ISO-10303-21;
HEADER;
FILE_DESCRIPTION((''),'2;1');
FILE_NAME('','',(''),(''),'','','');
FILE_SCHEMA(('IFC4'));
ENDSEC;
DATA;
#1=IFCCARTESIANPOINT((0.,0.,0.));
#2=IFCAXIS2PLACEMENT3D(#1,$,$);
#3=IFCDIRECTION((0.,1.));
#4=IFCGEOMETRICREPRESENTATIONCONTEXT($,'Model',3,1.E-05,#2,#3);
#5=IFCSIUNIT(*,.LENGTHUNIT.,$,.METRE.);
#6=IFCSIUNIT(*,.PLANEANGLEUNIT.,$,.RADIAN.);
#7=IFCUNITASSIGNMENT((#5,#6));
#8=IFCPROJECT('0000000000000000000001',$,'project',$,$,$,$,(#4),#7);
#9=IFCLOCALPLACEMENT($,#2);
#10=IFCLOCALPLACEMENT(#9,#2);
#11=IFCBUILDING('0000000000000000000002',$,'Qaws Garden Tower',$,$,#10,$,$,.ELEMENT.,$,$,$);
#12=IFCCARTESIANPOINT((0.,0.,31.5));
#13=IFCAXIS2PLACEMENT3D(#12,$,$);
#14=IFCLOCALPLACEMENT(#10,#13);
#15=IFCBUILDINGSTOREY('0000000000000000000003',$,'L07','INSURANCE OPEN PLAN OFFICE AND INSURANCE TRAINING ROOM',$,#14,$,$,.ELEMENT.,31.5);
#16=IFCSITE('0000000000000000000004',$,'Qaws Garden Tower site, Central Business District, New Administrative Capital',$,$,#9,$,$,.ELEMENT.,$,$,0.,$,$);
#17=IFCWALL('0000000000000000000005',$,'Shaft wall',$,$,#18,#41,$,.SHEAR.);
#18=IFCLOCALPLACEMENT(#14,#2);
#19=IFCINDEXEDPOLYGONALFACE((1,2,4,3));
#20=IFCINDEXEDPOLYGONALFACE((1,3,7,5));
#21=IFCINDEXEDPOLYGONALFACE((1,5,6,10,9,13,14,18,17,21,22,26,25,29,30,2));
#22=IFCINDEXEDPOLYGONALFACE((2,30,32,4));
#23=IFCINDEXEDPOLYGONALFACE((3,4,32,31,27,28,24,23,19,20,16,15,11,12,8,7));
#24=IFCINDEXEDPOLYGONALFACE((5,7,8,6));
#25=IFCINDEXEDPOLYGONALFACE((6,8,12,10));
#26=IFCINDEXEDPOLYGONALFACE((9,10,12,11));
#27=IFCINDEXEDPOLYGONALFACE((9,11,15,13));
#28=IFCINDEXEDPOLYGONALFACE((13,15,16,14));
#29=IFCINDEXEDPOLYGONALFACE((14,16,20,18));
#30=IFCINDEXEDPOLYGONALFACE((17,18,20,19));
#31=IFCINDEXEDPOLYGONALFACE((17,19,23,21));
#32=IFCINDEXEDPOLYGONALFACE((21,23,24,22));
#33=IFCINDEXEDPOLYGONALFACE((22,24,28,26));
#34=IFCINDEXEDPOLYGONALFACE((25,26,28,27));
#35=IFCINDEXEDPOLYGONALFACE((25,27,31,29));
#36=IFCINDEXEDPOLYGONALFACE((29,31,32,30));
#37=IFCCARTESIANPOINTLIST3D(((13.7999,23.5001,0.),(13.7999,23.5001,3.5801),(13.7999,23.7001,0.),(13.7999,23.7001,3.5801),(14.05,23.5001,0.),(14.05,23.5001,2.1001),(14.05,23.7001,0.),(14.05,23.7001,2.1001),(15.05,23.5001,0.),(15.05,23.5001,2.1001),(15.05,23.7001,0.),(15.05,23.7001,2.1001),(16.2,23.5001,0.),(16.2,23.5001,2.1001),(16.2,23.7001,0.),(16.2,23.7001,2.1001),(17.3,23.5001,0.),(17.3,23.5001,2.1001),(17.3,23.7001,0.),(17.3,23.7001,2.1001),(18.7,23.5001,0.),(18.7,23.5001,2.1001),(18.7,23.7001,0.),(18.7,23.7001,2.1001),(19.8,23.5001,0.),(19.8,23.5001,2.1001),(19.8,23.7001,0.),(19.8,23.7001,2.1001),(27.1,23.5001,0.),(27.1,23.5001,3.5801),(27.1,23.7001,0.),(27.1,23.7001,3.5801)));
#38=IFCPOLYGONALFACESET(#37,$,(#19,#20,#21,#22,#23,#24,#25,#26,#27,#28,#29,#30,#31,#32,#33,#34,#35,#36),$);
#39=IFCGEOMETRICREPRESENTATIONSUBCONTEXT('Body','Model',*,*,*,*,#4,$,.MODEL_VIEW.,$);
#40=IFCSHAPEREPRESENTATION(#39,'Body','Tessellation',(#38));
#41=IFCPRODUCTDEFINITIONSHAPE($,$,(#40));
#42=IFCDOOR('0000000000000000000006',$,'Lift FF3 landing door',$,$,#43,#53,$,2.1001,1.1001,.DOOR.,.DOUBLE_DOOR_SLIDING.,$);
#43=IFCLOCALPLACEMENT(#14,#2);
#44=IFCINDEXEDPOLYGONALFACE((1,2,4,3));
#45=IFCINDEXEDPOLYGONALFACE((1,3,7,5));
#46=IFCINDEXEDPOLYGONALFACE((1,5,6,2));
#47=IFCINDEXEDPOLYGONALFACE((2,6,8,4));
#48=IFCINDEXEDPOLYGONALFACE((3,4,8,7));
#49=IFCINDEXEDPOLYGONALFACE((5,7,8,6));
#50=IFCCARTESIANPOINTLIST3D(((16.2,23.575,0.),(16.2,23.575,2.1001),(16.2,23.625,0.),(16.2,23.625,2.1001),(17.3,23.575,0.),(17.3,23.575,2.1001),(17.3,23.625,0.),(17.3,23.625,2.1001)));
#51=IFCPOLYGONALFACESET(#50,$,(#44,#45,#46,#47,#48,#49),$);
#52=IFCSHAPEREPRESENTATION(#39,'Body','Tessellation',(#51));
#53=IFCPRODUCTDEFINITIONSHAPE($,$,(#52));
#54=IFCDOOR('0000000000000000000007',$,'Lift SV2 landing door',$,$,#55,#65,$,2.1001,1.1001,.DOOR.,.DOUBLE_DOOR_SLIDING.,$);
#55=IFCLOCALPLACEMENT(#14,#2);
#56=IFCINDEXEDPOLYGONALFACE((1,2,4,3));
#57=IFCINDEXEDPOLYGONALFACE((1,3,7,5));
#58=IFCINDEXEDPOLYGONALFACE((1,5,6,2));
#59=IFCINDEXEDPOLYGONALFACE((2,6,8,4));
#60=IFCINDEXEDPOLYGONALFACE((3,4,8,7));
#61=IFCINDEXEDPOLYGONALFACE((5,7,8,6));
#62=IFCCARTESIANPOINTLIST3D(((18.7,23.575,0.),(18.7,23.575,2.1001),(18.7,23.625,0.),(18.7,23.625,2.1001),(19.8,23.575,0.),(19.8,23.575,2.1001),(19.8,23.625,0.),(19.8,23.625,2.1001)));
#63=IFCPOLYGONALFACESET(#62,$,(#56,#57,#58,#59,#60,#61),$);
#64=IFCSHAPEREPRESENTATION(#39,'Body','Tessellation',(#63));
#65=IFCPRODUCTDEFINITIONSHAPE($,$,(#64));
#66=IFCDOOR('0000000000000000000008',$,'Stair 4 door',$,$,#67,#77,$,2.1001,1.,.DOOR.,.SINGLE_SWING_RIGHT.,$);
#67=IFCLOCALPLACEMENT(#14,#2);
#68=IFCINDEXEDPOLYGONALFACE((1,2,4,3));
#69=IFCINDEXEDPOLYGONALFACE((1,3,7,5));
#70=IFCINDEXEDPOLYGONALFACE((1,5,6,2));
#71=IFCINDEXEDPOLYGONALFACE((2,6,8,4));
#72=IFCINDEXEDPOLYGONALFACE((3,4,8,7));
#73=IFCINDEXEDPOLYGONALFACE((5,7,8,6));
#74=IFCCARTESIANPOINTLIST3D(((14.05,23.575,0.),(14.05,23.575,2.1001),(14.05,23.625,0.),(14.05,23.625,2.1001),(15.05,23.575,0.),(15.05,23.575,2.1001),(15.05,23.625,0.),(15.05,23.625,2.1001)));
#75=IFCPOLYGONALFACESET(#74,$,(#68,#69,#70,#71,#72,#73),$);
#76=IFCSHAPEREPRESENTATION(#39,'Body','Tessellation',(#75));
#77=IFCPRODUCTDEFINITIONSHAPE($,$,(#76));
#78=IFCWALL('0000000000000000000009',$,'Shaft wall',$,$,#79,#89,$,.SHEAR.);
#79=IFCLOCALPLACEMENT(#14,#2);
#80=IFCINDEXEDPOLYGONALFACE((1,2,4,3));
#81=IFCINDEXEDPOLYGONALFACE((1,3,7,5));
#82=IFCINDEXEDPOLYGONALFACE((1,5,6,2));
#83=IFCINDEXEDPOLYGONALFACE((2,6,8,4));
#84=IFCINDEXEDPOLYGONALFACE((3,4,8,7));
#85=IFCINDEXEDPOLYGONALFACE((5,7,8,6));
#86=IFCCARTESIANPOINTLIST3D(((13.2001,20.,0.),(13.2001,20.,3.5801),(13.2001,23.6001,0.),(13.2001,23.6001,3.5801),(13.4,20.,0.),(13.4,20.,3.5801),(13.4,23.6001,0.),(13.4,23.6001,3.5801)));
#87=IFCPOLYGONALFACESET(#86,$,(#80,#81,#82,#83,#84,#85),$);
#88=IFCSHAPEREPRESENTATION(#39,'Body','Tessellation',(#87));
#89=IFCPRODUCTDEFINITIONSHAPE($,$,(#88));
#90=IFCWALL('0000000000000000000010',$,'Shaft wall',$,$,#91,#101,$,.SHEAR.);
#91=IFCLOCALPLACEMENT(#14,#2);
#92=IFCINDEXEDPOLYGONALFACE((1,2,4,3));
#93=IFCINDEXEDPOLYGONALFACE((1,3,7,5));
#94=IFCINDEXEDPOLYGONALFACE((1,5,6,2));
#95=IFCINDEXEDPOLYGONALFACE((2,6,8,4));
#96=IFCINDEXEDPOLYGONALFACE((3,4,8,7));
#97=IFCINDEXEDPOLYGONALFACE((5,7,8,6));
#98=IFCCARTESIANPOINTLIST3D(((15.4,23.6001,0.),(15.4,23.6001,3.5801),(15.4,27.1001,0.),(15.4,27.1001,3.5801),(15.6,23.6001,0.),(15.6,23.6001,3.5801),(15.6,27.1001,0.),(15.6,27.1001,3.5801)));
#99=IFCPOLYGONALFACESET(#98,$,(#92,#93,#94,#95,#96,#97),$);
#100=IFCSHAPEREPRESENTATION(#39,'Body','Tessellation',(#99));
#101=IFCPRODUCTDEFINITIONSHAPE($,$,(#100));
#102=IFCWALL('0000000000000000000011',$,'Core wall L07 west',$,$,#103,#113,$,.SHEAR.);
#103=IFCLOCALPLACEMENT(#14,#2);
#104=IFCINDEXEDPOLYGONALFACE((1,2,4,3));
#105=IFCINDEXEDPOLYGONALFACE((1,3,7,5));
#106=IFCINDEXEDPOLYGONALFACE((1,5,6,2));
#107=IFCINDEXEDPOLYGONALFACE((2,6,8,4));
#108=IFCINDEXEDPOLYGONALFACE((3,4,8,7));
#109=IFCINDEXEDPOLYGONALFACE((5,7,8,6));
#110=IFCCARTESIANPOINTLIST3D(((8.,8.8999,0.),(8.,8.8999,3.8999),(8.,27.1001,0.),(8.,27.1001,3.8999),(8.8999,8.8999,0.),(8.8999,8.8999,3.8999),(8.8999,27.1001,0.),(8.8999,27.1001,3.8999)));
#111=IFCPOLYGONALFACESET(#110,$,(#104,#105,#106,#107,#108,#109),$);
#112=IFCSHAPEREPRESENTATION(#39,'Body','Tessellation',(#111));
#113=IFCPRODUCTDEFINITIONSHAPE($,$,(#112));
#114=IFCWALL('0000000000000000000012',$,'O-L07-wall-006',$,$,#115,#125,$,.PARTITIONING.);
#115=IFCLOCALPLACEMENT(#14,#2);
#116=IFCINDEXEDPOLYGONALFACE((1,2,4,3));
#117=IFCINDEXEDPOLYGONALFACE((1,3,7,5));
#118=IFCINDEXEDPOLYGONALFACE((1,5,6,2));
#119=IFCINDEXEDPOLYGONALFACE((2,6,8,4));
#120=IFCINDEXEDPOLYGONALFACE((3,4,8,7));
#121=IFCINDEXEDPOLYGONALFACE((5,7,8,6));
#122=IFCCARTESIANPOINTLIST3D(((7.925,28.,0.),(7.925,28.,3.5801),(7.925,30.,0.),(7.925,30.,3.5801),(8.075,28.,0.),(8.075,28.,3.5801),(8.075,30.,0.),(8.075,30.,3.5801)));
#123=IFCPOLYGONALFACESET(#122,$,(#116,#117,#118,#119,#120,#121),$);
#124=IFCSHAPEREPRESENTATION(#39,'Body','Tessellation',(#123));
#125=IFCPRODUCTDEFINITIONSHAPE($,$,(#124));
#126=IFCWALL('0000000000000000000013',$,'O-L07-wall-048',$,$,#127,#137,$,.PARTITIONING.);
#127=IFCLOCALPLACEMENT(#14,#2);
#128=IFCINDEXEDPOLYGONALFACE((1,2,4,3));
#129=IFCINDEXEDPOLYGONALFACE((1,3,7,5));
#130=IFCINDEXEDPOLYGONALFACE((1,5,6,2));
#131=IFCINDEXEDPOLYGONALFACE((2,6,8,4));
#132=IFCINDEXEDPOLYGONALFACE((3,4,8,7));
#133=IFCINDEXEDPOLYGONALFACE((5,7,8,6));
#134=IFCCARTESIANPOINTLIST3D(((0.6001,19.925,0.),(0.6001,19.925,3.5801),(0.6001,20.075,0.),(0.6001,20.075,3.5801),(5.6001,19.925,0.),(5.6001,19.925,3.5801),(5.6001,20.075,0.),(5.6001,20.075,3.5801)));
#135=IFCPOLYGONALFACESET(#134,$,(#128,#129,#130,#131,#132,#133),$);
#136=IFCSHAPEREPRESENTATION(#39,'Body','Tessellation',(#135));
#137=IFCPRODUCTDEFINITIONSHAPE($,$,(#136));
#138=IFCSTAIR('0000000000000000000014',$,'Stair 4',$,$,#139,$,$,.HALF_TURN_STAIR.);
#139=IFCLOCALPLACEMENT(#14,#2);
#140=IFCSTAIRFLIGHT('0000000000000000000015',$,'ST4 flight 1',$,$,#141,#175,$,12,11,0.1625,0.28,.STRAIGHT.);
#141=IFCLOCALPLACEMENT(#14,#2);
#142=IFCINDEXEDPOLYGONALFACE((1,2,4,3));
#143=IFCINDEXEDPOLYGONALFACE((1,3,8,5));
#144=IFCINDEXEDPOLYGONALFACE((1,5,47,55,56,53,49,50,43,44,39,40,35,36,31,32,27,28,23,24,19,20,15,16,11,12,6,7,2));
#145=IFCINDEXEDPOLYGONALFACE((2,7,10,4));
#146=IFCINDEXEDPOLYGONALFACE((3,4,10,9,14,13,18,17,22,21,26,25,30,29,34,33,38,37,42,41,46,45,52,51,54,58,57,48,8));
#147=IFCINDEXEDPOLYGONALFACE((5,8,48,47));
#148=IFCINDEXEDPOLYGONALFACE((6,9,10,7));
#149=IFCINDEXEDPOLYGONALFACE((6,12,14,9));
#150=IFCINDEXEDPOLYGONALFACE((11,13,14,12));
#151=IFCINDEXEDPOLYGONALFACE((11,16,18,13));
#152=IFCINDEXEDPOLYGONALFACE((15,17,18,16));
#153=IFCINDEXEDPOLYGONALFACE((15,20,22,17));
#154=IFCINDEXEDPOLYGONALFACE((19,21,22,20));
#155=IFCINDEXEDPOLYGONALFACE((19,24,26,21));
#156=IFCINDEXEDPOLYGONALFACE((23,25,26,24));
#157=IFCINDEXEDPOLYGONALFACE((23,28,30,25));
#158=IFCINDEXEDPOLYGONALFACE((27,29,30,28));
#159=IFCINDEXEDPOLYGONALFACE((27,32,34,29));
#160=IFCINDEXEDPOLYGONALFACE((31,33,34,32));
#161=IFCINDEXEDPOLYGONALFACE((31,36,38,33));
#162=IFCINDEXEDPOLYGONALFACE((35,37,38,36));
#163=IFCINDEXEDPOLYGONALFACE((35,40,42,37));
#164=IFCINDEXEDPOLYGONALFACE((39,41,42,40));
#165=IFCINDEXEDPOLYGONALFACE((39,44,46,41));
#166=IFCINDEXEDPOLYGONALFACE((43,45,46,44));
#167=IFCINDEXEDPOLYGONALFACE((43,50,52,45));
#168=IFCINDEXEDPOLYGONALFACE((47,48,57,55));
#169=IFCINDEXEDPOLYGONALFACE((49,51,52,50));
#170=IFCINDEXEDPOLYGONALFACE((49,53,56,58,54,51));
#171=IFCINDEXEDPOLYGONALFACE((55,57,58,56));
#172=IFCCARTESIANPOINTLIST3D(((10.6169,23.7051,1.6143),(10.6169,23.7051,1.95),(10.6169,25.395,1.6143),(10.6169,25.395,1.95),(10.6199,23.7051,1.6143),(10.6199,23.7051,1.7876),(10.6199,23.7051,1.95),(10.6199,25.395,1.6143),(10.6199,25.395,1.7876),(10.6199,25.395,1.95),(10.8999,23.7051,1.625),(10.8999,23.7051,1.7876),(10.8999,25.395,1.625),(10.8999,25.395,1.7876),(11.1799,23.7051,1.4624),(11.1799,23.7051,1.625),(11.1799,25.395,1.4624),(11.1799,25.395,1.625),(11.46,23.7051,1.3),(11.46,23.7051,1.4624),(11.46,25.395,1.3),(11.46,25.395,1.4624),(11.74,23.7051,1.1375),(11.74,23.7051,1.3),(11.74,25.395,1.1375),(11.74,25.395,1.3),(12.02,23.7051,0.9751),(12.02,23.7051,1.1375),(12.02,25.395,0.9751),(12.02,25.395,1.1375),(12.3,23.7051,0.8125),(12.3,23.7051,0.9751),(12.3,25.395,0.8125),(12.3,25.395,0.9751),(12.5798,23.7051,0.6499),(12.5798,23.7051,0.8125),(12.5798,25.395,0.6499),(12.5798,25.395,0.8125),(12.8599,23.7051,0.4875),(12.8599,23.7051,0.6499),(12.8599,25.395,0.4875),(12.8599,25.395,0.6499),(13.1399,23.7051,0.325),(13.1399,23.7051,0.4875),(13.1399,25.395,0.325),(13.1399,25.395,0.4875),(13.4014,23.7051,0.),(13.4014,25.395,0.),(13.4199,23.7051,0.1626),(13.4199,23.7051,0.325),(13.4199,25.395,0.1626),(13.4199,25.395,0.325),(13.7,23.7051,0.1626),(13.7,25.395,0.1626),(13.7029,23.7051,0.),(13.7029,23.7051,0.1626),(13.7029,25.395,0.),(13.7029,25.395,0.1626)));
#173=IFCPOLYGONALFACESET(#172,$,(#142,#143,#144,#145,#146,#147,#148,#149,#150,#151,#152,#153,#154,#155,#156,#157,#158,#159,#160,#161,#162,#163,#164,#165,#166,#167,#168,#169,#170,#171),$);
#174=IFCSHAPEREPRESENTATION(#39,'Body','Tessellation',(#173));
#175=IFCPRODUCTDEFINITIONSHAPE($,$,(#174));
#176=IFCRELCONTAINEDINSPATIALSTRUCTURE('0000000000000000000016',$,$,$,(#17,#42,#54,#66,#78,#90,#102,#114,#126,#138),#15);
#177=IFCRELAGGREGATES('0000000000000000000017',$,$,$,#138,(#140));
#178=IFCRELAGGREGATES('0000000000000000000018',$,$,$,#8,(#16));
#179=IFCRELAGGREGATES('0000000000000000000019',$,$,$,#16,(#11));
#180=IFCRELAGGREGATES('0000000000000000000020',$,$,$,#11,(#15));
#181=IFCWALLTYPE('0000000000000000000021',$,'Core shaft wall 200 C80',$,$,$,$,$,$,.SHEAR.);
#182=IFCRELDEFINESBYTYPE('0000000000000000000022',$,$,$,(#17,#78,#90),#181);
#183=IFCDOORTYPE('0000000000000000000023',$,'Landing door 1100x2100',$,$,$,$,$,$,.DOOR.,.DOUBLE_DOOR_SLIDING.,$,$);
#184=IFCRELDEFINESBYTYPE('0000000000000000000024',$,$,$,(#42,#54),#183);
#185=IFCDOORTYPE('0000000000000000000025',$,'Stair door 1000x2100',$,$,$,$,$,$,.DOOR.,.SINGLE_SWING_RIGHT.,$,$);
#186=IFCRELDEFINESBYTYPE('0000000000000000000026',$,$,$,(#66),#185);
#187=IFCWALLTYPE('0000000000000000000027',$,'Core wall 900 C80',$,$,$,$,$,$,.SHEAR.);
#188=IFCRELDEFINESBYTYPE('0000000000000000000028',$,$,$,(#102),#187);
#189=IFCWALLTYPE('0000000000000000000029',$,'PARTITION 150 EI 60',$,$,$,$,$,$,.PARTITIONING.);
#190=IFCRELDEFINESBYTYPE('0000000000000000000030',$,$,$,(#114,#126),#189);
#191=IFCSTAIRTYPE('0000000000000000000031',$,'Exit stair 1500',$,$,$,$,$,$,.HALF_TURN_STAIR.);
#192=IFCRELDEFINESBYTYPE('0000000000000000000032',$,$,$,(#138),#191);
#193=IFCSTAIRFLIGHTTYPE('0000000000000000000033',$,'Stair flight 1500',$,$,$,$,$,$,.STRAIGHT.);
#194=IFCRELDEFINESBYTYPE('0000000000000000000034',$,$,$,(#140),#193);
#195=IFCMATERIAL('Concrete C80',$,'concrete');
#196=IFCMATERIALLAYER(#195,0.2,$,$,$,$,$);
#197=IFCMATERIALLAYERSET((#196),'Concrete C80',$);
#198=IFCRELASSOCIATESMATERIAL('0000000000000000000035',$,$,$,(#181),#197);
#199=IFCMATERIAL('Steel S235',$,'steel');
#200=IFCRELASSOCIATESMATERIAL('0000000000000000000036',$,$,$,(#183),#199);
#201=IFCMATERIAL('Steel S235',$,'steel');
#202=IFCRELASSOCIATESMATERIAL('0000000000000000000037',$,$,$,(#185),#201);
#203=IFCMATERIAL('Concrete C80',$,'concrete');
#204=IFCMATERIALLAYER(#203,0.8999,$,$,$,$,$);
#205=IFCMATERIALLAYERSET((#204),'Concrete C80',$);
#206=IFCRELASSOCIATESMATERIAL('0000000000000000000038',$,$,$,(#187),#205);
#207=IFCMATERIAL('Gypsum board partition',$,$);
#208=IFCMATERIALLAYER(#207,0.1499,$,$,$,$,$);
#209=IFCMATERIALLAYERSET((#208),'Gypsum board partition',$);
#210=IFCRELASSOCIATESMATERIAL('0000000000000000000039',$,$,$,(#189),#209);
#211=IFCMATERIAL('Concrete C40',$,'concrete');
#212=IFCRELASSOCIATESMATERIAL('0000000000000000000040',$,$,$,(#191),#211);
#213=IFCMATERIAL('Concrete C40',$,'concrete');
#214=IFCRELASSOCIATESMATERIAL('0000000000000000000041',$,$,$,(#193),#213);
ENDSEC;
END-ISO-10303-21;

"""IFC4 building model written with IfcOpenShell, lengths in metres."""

from ifc_helpers import new_model, si_unit, direction, frame, frame_2d, origin, place, context, subcontext, project, spatial, polyline, rectangle, outline, extrude, material, layer, layer_set, type_object, element, fill, aggregate, save


model = new_model("IFC4")

# Units and contexts
model_context = context("Model", 3, precision=1e-05, world=origin(), true_north=direction((0.0, 1.0)))
body_context = subcontext(model_context, "Body", "Model", "MODEL_VIEW")
ifc_project = project(units=[si_unit("LENGTHUNIT", "METRE"), si_unit("PLANEANGLEUNIT", "RADIAN")], contexts=[model_context])

# Site, building, storey
site_placement = place(None, origin())
site = spatial("IfcSite", under=ifc_project, at=site_placement, Name="Qaws Garden Tower site, Central Business District, New Administrative Capital", CompositionType="ELEMENT", RefElevation=0.0)
building_placement = place(site_placement, origin())
building = spatial("IfcBuilding", under=site, at=building_placement, Name="Qaws Garden Tower", CompositionType="ELEMENT")
storey_placement = place(building_placement, frame((0.0, 0.0, 31.5)))
storey = spatial("IfcBuildingStorey", under=building, at=storey_placement, Name="L07", Description="INSURANCE OPEN PLAN OFFICE AND INSURANCE TRAINING ROOM", CompositionType="ELEMENT", Elevation=31.5)

# Shared definitions
ifc_material_1 = material(Name="Concrete C80", Category="concrete")
ifc_layer_1 = layer(ifc_material_1, 0.2)
ifc_layer_set_1 = layer_set([ifc_layer_1], Name="Concrete C80")
wall_type_1 = type_object("IfcWallType", Name="Core shaft wall 200 C80", PredefinedType="SHEAR", material=ifc_layer_set_1)

# Wall, openings, doors
wall_1_placement = place(storey_placement, frame((13.8, 23.6001, 0.0), z_axis=(0.0, 0.0, 1.0), x_axis=(1.0, 0.0, 0.0)))
wall_1 = element("IfcWall", 1, at=wall_1_placement, inside=storey, type_object=wall_type_1, Name="Shaft wall", PredefinedType="SHEAR", context=body_context, shape_type="SweptSolid", body=[
    extrude(rectangle(XDim=13.3, YDim=0.2, at=frame_2d((6.6499, 0.0))), origin(), (0.0, 0.0, 1.0), 3.5801),
])
opening_1_placement = place(wall_1_placement, frame((2.3999, 0.0, 0.0)))
opening_1 = element("IfcOpeningElement", 2, at=opening_1_placement, cuts=wall_1, PredefinedType="OPENING", context=body_context, shape_type="SweptSolid", body=[
    extrude(rectangle(XDim=1.1001, YDim=2.1001, at=frame_2d((0.55, 1.05))), frame((0.0, 0.1099, 0.0), z_axis=(0.0, -1.0, 0.0), x_axis=(1.0, 0.0, 0.0)), (0.0, 0.0, 1.0), 0.22),
])
opening_2_placement = place(wall_1_placement, frame((4.8999, 0.0, 0.0)))
opening_2 = element("IfcOpeningElement", 3, at=opening_2_placement, cuts=wall_1, PredefinedType="OPENING", context=body_context, shape_type="SweptSolid", body=[
    extrude(rectangle(XDim=1.1001, YDim=2.1001, at=frame_2d((0.55, 1.05))), frame((0.0, 0.1099, 0.0), z_axis=(0.0, -1.0, 0.0), x_axis=(1.0, 0.0, 0.0)), (0.0, 0.0, 1.0), 0.22),
])
opening_3_placement = place(wall_1_placement, frame((0.25, 0.0, 0.0)))
opening_3 = element("IfcOpeningElement", 4, at=opening_3_placement, cuts=wall_1, PredefinedType="OPENING", context=body_context, shape_type="SweptSolid", body=[
    extrude(rectangle(XDim=1.0, YDim=2.1001, at=frame_2d((0.5, 1.05))), frame((0.0, 0.1099, 0.0), z_axis=(0.0, -1.0, 0.0), x_axis=(1.0, 0.0, 0.0)), (0.0, 0.0, 1.0), 0.22),
])
ifc_material_2 = material(Name="Steel S235", Category="steel")
door_type_1 = type_object("IfcDoorType", Name="Landing door 1100x2100", OperationType="DOUBLE_DOOR_SLIDING", PredefinedType="DOOR", material=ifc_material_2)
door_1_placement = place(opening_1_placement, origin())
door_1 = element("IfcDoor", 5, at=door_1_placement, inside=storey, type_object=door_type_1, Name="Lift FF3 landing door", OperationType="DOUBLE_DOOR_SLIDING", OverallHeight=2.1001, OverallWidth=1.1001, PredefinedType="DOOR", context=body_context, shape_type="SweptSolid", body=[
    extrude(rectangle(XDim=1.1001, YDim=2.1001, at=frame_2d((0.55, 1.05))), frame((0.0, 0.0249, 0.0), z_axis=(0.0, -1.0, 0.0), x_axis=(1.0, 0.0, 0.0)), (0.0, 0.0, 1.0), 0.05),
])
fill(opening_1, door_1)
door_2_placement = place(opening_2_placement, origin())
door_2 = element("IfcDoor", 6, at=door_2_placement, inside=storey, type_object=door_type_1, Name="Lift SV2 landing door", OperationType="DOUBLE_DOOR_SLIDING", OverallHeight=2.1001, OverallWidth=1.1001, PredefinedType="DOOR", context=body_context, shape_type="SweptSolid", body=[
    extrude(rectangle(XDim=1.1001, YDim=2.1001, at=frame_2d((0.55, 1.05))), frame((0.0, 0.0249, 0.0), z_axis=(0.0, -1.0, 0.0), x_axis=(1.0, 0.0, 0.0)), (0.0, 0.0, 1.0), 0.05),
])
fill(opening_2, door_2)
ifc_material_3 = material(Name="Steel S235", Category="steel")
door_type_2 = type_object("IfcDoorType", Name="Stair door 1000x2100", OperationType="SINGLE_SWING_RIGHT", PredefinedType="DOOR", material=ifc_material_3)
door_3_placement = place(opening_3_placement, origin())
door_3 = element("IfcDoor", 7, at=door_3_placement, inside=storey, type_object=door_type_2, Name="Stair 4 door", OperationType="SINGLE_SWING_RIGHT", OverallHeight=2.1001, OverallWidth=1.0, PredefinedType="DOOR", context=body_context, shape_type="SweptSolid", body=[
    extrude(rectangle(XDim=1.0, YDim=2.1001, at=frame_2d((0.5, 1.05))), frame((0.0, 0.0249, 0.0), z_axis=(0.0, -1.0, 0.0), x_axis=(1.0, 0.0, 0.0)), (0.0, 0.0, 1.0), 0.05),
])
fill(opening_3, door_3)

# Walls
wall_2_placement = place(storey_placement, frame((13.3, 20.0, 0.0), z_axis=(0.0, 0.0, 1.0), x_axis=(0.0, 1.0, 0.0)))
element("IfcWall", 8, at=wall_2_placement, inside=storey, type_object=wall_type_1, Name="Shaft wall", PredefinedType="SHEAR", context=body_context, shape_type="SweptSolid", body=[
    extrude(rectangle(XDim=3.6001, YDim=0.2, at=frame_2d((1.8, 0.0))), origin(), (0.0, 0.0, 1.0), 3.5801),
])
wall_3_placement = place(storey_placement, frame((15.5, 23.6001, 0.0), z_axis=(0.0, 0.0, 1.0), x_axis=(0.0, 1.0, 0.0)))
element("IfcWall", 9, at=wall_3_placement, inside=storey, type_object=wall_type_1, Name="Shaft wall", PredefinedType="SHEAR", context=body_context, shape_type="SweptSolid", body=[
    extrude(rectangle(XDim=3.5, YDim=0.2, at=frame_2d((1.75, 0.0))), origin(), (0.0, 0.0, 1.0), 3.5801),
])
ifc_material_4 = material(Name="Concrete C80", Category="concrete")
ifc_layer_2 = layer(ifc_material_4, 0.8999)
ifc_layer_set_2 = layer_set([ifc_layer_2], Name="Concrete C80")
wall_type_2 = type_object("IfcWallType", Name="Core wall 900 C80", PredefinedType="SHEAR", material=ifc_layer_set_2)
wall_4_placement = place(storey_placement, frame((8.45, 27.1001, 0.0), z_axis=(0.0, 0.0, 1.0), x_axis=(0.0, -1.0, 0.0)))
element("IfcWall", 10, at=wall_4_placement, inside=storey, type_object=wall_type_2, Name="Core wall L07 west", PredefinedType="SHEAR", context=body_context, shape_type="SweptSolid", body=[
    extrude(rectangle(XDim=18.2002, YDim=0.8999, at=frame_2d((9.1001, 0.0))), origin(), (0.0, 0.0, 1.0), 3.8999),
])
ifc_material_5 = material(Name="Gypsum board partition")
ifc_layer_3 = layer(ifc_material_5, 0.1499)
ifc_layer_set_3 = layer_set([ifc_layer_3], Name="Gypsum board partition")
wall_type_3 = type_object("IfcWallType", Name="PARTITION 150 EI 60", PredefinedType="PARTITIONING", material=ifc_layer_set_3)
wall_5_placement = place(storey_placement, frame((8.0, 28.0, 0.0), z_axis=(0.0, 0.0, 1.0), x_axis=(0.0, 1.0, 0.0)))
element("IfcWall", 11, at=wall_5_placement, inside=storey, type_object=wall_type_3, Name="O-L07-wall-006", PredefinedType="PARTITIONING", context=body_context, shape_type="SweptSolid", body=[
    extrude(rectangle(XDim=2.0, YDim=0.1499, at=frame_2d((1.0, 0.0))), origin(), (0.0, 0.0, 1.0), 3.5801),
])
wall_6_placement = place(storey_placement, frame((0.6001, 20.0, 0.0), z_axis=(0.0, 0.0, 1.0), x_axis=(1.0, 0.0, 0.0)))
element("IfcWall", 12, at=wall_6_placement, inside=storey, type_object=wall_type_3, Name="O-L07-wall-048", PredefinedType="PARTITIONING", context=body_context, shape_type="SweptSolid", body=[
    extrude(rectangle(XDim=5.0, YDim=0.1499, at=frame_2d((2.5, 0.0))), origin(), (0.0, 0.0, 1.0), 3.5801),
])

# Stair, stair flight
ifc_material_6 = material(Name="Concrete C40", Category="concrete")
stair_type = type_object("IfcStairType", Name="Exit stair 1500", PredefinedType="HALF_TURN_STAIR", material=ifc_material_6)
stair_placement = place(storey_placement, origin())
stair = element("IfcStair", 13, at=stair_placement, inside=storey, type_object=stair_type, Name="Stair 4", PredefinedType="HALF_TURN_STAIR")
ifc_material_7 = material(Name="Concrete C40", Category="concrete")
stair_flight_type = type_object("IfcStairFlightType", Name="Stair flight 1500", PredefinedType="STRAIGHT", material=ifc_material_7)
stair_flight_1_placement = place(storey_placement, frame((13.7, 24.55, 0.0), z_axis=(0.0, 0.0, 1.0), x_axis=(-1.0, 0.0, 0.0)))
stair_flight_1 = element("IfcStairFlight", 14, at=stair_flight_1_placement, type_object=stair_flight_type, Name="ST4 flight 1", NumberOfRisers=12, NumberOfTreads=11, PredefinedType="STRAIGHT", RiserHeight=0.1625, TreadLength=0.28, context=body_context, shape_type="SweptSolid", body=[
    extrude(outline(polyline([(-0.0029, 0.0), (-0.0029, 0.1626), (0.0, 0.1626), (0.28, 0.1626), (0.28, 0.325), (0.5601, 0.325), (0.5601, 0.4875), (0.8401, 0.4875), (0.8401, 0.6499), (1.1201, 0.6499), (1.1201, 0.8125), (1.3999, 0.8125), (1.3999, 0.9751), (1.6799, 0.9751), (1.6799, 1.1375), (1.96, 1.1375), (1.96, 1.3), (2.24, 1.3), (2.24, 1.4624), (2.52, 1.4624), (2.52, 1.625), (2.8, 1.625), (2.8, 1.7876), (3.0801, 1.7876), (3.0801, 1.95), (3.083, 1.95), (3.083, 1.6143), (3.0801, 1.6143), (0.2986, 0.0), (-0.0029, 0.0)])), frame((0.0, 0.845, 0.0), z_axis=(0.0, -1.0, 0.0), x_axis=(1.0, 0.0, 0.0)), (0.0, 0.0, 1.0), 1.6899),
])
aggregate(stair, [stair_flight_1])

save(model, "model.ifc")
